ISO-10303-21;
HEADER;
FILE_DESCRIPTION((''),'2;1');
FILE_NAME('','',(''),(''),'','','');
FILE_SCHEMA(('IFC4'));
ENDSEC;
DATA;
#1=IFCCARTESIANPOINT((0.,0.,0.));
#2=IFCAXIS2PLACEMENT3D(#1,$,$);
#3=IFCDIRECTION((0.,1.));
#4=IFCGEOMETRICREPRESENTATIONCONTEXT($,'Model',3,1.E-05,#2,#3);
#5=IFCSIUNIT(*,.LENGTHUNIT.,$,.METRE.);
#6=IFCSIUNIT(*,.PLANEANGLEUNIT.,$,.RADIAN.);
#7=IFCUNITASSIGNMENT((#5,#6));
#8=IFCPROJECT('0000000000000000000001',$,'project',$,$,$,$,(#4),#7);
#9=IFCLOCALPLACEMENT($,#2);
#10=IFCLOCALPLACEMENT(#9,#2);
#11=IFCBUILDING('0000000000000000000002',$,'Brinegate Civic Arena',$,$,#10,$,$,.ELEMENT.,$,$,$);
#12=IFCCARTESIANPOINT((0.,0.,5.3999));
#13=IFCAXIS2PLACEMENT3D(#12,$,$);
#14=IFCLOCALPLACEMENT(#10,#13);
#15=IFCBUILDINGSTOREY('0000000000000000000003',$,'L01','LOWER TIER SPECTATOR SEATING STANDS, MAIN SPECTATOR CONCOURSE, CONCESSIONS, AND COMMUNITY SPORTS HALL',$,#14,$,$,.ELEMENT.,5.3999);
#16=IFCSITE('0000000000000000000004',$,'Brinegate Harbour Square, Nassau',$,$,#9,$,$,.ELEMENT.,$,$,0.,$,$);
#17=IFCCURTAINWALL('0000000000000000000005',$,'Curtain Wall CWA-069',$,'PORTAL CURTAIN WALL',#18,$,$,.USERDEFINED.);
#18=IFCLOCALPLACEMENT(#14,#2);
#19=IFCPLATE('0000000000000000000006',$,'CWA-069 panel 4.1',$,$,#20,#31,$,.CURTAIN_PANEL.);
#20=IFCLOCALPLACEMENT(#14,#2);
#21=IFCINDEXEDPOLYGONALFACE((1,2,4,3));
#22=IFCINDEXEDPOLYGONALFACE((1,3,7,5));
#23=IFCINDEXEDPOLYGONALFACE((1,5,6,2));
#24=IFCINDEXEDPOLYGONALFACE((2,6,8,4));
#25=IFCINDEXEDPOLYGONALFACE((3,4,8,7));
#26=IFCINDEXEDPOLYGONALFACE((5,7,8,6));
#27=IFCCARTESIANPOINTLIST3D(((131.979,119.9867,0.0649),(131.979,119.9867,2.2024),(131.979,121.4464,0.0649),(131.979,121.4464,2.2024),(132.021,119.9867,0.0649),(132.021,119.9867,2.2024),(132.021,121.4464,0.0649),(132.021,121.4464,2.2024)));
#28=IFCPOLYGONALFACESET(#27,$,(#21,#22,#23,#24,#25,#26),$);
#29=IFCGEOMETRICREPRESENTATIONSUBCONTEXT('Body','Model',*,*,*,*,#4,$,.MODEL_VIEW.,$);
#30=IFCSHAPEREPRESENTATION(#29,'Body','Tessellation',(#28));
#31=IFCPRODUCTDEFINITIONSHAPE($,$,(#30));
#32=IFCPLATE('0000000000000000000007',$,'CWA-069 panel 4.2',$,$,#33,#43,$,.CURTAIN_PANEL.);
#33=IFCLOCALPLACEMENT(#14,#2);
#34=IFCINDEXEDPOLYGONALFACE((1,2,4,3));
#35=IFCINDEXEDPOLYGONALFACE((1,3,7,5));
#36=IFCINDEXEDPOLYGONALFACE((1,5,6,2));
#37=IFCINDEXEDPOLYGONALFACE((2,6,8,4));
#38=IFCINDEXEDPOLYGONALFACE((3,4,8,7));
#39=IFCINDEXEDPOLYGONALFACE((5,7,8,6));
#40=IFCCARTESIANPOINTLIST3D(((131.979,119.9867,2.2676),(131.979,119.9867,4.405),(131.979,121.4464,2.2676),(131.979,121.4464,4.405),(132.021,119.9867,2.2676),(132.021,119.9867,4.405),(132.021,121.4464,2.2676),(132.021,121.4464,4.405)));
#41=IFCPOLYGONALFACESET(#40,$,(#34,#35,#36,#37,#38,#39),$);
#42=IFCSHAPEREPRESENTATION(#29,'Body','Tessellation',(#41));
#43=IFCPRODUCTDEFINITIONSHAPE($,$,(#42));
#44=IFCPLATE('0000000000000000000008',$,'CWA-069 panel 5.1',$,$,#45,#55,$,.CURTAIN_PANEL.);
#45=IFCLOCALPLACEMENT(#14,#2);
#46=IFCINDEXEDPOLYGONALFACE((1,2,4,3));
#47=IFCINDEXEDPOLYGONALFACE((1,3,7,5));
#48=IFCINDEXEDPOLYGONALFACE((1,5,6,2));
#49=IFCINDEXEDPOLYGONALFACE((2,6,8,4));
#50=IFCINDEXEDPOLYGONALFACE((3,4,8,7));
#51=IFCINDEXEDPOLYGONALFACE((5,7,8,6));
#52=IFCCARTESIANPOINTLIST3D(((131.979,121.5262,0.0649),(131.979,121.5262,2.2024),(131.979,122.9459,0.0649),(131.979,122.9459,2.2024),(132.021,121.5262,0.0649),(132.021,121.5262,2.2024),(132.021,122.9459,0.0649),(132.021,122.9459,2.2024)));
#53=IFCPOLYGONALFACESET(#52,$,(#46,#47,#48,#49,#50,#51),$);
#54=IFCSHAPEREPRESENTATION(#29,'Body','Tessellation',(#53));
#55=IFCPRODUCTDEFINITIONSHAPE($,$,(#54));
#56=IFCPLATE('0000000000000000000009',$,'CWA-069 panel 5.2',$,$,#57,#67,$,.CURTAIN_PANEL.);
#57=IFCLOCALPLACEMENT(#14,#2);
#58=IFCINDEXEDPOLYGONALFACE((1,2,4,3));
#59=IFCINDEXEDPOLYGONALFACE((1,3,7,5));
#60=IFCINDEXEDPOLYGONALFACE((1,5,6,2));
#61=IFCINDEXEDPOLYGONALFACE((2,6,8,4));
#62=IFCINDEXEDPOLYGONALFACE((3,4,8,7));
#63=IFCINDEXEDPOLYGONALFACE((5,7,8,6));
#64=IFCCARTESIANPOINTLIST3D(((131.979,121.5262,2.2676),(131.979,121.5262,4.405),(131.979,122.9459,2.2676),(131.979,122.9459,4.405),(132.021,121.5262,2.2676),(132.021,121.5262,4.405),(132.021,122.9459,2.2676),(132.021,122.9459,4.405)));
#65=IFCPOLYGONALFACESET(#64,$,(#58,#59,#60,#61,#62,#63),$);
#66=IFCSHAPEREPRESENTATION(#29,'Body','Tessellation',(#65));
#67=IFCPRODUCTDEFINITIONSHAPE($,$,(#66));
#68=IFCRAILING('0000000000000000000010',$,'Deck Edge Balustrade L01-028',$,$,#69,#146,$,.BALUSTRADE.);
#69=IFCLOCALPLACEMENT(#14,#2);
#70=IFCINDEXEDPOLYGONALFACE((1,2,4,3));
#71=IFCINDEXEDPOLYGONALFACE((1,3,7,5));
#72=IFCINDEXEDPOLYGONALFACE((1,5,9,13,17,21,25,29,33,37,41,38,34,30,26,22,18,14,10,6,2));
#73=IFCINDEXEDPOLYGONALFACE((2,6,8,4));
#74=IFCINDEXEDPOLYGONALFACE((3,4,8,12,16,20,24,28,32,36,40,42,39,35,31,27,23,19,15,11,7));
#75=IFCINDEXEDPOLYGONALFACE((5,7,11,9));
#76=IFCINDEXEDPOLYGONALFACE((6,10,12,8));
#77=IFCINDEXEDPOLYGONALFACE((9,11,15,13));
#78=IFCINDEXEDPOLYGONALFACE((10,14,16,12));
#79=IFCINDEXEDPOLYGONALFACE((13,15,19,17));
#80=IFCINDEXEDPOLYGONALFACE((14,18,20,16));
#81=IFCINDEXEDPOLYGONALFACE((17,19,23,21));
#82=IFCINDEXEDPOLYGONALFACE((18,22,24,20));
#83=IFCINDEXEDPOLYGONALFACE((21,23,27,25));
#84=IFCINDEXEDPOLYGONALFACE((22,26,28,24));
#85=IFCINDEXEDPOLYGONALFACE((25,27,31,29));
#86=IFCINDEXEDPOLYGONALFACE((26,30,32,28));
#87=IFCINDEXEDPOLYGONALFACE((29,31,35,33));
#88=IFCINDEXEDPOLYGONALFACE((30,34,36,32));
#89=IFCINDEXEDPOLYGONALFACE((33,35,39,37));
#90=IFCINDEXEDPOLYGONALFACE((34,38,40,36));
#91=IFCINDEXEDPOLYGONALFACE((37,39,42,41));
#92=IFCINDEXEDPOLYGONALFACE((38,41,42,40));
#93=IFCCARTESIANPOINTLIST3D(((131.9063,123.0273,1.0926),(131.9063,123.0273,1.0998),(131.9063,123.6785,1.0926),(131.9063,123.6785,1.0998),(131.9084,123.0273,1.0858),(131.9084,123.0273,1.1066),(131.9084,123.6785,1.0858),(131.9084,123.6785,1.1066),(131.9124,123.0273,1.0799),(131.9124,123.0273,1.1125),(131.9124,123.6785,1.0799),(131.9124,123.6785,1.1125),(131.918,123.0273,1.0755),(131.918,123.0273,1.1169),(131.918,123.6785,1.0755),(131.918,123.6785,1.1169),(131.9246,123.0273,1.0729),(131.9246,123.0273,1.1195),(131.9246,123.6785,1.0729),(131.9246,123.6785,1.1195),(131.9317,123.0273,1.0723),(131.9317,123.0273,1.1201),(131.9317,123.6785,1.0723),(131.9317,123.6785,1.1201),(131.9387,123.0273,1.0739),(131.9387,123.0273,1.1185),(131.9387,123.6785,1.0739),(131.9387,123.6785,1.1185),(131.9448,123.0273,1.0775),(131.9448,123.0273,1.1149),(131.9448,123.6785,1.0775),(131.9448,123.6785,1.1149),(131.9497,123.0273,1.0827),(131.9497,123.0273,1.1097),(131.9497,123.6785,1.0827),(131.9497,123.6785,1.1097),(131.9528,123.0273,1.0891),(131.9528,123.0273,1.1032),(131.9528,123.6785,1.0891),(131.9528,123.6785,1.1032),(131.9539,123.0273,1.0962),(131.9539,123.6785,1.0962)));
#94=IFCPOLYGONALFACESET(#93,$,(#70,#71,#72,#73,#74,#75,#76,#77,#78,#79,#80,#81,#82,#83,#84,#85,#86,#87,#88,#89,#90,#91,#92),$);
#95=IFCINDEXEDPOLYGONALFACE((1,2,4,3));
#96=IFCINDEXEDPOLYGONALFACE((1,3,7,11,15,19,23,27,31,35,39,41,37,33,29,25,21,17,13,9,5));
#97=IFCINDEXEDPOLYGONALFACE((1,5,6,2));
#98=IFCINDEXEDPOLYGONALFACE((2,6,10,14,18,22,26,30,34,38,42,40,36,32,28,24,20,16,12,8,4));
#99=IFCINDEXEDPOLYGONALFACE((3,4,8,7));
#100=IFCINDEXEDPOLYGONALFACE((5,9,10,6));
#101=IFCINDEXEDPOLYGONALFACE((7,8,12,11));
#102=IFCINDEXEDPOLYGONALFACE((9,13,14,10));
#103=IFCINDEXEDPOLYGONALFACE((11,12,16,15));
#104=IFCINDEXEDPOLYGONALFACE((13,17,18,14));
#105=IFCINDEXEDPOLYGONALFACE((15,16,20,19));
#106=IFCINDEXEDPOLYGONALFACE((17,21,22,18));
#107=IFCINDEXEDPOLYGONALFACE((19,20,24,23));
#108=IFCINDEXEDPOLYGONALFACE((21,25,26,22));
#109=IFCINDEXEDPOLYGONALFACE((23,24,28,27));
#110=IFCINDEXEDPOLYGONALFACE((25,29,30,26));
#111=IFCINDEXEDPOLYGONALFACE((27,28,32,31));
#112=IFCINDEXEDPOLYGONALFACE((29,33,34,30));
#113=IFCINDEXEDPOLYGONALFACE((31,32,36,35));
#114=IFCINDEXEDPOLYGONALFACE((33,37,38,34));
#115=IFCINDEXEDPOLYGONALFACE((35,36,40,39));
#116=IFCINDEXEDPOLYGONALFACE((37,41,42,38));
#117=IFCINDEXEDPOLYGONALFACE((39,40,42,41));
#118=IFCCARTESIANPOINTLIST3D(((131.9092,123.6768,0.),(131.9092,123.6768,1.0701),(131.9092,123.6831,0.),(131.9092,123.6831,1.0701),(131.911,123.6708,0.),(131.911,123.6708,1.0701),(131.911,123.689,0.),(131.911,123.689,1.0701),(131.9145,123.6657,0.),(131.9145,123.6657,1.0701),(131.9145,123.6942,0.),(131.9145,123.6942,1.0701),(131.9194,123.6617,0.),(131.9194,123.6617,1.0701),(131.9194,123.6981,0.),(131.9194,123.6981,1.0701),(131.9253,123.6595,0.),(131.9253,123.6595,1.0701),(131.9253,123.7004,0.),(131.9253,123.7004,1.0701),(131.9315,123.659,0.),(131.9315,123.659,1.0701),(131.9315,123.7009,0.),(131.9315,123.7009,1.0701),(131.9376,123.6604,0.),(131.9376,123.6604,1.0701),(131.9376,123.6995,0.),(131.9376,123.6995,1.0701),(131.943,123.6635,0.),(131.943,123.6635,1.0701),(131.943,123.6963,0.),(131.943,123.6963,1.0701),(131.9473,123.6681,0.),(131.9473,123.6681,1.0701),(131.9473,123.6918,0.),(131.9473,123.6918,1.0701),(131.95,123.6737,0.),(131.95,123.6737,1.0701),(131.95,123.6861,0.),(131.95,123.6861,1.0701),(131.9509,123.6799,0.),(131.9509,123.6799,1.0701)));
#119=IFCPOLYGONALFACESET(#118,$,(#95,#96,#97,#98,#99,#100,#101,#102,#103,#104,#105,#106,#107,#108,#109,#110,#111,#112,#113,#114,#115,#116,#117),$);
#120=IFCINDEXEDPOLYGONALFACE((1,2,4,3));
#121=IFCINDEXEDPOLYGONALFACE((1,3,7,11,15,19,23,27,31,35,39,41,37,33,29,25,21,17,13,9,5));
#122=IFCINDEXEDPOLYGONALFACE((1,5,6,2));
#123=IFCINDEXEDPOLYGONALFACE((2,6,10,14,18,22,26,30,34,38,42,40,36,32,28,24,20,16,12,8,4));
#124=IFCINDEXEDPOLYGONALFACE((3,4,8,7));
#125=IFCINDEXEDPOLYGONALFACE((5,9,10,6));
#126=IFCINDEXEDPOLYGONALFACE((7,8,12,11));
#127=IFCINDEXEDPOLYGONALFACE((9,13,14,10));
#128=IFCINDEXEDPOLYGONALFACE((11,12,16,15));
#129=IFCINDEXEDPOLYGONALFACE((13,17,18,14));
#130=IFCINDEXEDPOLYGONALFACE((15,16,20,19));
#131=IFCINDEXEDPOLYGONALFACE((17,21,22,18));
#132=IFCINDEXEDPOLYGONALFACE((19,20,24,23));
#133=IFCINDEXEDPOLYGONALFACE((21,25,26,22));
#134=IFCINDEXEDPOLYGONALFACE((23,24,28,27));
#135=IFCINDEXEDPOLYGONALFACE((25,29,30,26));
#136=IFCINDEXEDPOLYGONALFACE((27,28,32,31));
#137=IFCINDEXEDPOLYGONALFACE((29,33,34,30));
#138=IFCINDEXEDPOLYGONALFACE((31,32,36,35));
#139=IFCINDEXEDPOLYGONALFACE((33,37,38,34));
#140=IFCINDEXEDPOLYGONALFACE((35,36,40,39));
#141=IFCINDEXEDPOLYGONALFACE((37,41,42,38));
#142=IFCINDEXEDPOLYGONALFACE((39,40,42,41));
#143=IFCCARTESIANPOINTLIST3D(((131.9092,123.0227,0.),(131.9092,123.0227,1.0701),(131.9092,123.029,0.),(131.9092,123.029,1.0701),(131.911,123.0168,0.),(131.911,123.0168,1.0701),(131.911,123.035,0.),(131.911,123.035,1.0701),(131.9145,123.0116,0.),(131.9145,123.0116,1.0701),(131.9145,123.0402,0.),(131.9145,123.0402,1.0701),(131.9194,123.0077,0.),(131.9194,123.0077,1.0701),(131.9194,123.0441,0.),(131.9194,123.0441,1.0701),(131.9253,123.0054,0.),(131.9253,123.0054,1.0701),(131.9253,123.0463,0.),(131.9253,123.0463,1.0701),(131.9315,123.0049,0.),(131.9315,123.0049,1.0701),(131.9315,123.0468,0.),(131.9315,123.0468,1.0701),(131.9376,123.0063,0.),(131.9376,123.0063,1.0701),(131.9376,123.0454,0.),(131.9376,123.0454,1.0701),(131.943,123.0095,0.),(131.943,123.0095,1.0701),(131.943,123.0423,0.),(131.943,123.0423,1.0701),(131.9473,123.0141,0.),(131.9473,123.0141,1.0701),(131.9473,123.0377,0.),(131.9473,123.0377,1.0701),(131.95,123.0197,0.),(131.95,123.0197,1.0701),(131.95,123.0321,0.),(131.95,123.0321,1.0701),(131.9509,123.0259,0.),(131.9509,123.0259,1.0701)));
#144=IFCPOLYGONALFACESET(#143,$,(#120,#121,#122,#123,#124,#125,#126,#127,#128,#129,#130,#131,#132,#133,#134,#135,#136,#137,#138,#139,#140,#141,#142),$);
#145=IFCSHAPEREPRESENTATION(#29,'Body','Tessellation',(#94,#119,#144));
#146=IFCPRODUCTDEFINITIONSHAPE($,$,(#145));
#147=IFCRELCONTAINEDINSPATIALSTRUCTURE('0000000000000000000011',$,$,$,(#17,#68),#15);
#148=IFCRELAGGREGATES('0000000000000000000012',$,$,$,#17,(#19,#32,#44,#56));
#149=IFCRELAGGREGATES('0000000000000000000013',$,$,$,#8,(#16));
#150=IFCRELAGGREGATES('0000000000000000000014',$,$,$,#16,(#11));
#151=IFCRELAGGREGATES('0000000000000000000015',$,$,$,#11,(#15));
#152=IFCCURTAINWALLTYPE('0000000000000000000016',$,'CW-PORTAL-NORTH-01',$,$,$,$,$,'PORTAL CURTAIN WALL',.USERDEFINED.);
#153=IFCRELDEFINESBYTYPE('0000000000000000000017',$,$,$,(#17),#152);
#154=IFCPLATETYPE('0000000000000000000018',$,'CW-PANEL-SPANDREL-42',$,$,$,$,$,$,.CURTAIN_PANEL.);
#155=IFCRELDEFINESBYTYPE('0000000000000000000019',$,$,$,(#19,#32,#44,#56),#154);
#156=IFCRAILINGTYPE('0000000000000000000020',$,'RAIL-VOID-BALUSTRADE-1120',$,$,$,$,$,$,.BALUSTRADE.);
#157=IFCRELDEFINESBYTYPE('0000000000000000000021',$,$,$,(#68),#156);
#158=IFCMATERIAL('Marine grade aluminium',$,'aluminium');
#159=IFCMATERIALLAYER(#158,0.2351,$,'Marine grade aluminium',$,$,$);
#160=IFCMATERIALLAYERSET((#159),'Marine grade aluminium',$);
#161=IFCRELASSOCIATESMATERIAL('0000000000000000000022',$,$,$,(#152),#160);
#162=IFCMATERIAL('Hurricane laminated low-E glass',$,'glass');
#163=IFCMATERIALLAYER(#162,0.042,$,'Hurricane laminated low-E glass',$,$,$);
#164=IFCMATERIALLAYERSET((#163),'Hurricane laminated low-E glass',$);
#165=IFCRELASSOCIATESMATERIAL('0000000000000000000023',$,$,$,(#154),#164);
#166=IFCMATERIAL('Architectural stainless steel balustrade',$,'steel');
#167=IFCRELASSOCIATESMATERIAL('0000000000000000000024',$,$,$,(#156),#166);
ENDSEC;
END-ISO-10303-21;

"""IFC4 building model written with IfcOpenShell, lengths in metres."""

from ifc_helpers import new_model, si_unit, direction, frame, origin, origin_2d, place, context, subcontext, project, spatial, rectangle, circle, extrude, material, layer, layer_set, type_object, element, aggregate, save


model = new_model("IFC4")

# Units and contexts
model_context = context("Model", 3, precision=1e-05, world=origin(), true_north=direction((0.0, 1.0)))
body_context = subcontext(model_context, "Body", "Model", "MODEL_VIEW")
ifc_project = project(units=[si_unit("LENGTHUNIT", "METRE"), si_unit("PLANEANGLEUNIT", "RADIAN")], contexts=[model_context])

# Site, building, storey
site_placement = place(None, origin())
site = spatial("IfcSite", under=ifc_project, at=site_placement, Name="Brinegate Harbour Square, Nassau", CompositionType="ELEMENT", RefElevation=0.0)
building_placement = place(site_placement, origin())
building = spatial("IfcBuilding", under=site, at=building_placement, Name="Brinegate Civic Arena", CompositionType="ELEMENT")
storey_placement = place(building_placement, frame((0.0, 0.0, 5.3999)))
storey = spatial("IfcBuildingStorey", under=building, at=storey_placement, Name="L01", Description="LOWER TIER SPECTATOR SEATING STANDS, MAIN SPECTATOR CONCOURSE, CONCESSIONS, AND COMMUNITY SPORTS HALL", CompositionType="ELEMENT", Elevation=5.3999)

# Curtain wall, plates
ifc_material_1 = material(Name="Marine grade aluminium", Category="aluminium")
ifc_layer_1 = layer(ifc_material_1, 0.2351, Name="Marine grade aluminium")
ifc_layer_set_1 = layer_set([ifc_layer_1], Name="Marine grade aluminium")
curtain_wall_type = type_object("IfcCurtainWallType", Name="CW-PORTAL-NORTH-01", ElementType="PORTAL CURTAIN WALL", PredefinedType="USERDEFINED", material=ifc_layer_set_1)
curtain_wall_placement = place(storey_placement, origin())
curtain_wall = element("IfcCurtainWall", 1, at=curtain_wall_placement, inside=storey, type_object=curtain_wall_type, Name="Curtain Wall CWA-069", ObjectType="PORTAL CURTAIN WALL", PredefinedType="USERDEFINED")
ifc_material_2 = material(Name="Hurricane laminated low-E glass", Category="glass")
ifc_layer_2 = layer(ifc_material_2, 0.042, Name="Hurricane laminated low-E glass")
ifc_layer_set_2 = layer_set([ifc_layer_2], Name="Hurricane laminated low-E glass")
plate_type = type_object("IfcPlateType", Name="CW-PANEL-SPANDREL-42", PredefinedType="CURTAIN_PANEL", material=ifc_layer_set_2)
plate_1_placement = place(storey_placement, frame((132.0, 120.7166, 0.0649), z_axis=(0.0, 0.0, 1.0), x_axis=(0.0, 1.0, 0.0)))
plate_1 = element("IfcPlate", 2, at=plate_1_placement, type_object=plate_type, Name="CWA-069 panel 4.1", PredefinedType="CURTAIN_PANEL", context=body_context, shape_type="SweptSolid", body=[
    extrude(rectangle(XDim=1.4597, YDim=0.042, at=origin_2d()), origin(), (0.0, 0.0, 1.0), 2.1375),
])
plate_2_placement = place(storey_placement, frame((132.0, 120.7166, 2.2676), z_axis=(0.0, 0.0, 1.0), x_axis=(0.0, 1.0, 0.0)))
plate_2 = element("IfcPlate", 3, at=plate_2_placement, type_object=plate_type, Name="CWA-069 panel 4.2", PredefinedType="CURTAIN_PANEL", context=body_context, shape_type="SweptSolid", body=[
    extrude(rectangle(XDim=1.4597, YDim=0.042, at=origin_2d()), origin(), (0.0, 0.0, 1.0), 2.1375),
])
plate_3_placement = place(storey_placement, frame((132.0, 122.2361, 0.0649), z_axis=(0.0, 0.0, 1.0), x_axis=(0.0, 1.0, 0.0)))
plate_3 = element("IfcPlate", 4, at=plate_3_placement, type_object=plate_type, Name="CWA-069 panel 5.1", PredefinedType="CURTAIN_PANEL", context=body_context, shape_type="SweptSolid", body=[
    extrude(rectangle(XDim=1.4197, YDim=0.042, at=origin_2d()), origin(), (0.0, 0.0, 1.0), 2.1375),
])
plate_4_placement = place(storey_placement, frame((132.0, 122.2361, 2.2676), z_axis=(0.0, 0.0, 1.0), x_axis=(0.0, 1.0, 0.0)))
plate_4 = element("IfcPlate", 5, at=plate_4_placement, type_object=plate_type, Name="CWA-069 panel 5.2", PredefinedType="CURTAIN_PANEL", context=body_context, shape_type="SweptSolid", body=[
    extrude(rectangle(XDim=1.4197, YDim=0.042, at=origin_2d()), origin(), (0.0, 0.0, 1.0), 2.1375),
])
aggregate(curtain_wall, [plate_1, plate_2, plate_3, plate_4])

# Railing
ifc_material_3 = material(Name="Architectural stainless steel balustrade", Category="steel")
railing_type = type_object("IfcRailingType", Name="RAIL-VOID-BALUSTRADE-1120", PredefinedType="BALUSTRADE", material=ifc_material_3)
railing_placement = place(storey_placement, frame((131.9299, 123.6799, 0.0)))
element("IfcRailing", 6, at=railing_placement, inside=storey, type_object=railing_type, Name="Deck Edge Balustrade L01-028", PredefinedType="BALUSTRADE", context=body_context, shape_type="SweptSolid", body=[
    extrude(circle(Radius=0.0239, at=origin_2d()), frame((0.0, -0.0015, 1.0962), z_axis=(0.0, -1.0, 0.0), x_axis=(1.0, 0.0, 0.0)), (0.0, 0.0, 1.0), 0.6511),
    extrude(circle(Radius=0.021, at=origin_2d()), origin(), (0.0, 0.0, 1.0), 1.0701),
    extrude(circle(Radius=0.021, at=origin_2d()), frame((0.0, -0.6541, 0.0)), (0.0, 0.0, 1.0), 1.0701),
])

save(model, "model.ifc")
